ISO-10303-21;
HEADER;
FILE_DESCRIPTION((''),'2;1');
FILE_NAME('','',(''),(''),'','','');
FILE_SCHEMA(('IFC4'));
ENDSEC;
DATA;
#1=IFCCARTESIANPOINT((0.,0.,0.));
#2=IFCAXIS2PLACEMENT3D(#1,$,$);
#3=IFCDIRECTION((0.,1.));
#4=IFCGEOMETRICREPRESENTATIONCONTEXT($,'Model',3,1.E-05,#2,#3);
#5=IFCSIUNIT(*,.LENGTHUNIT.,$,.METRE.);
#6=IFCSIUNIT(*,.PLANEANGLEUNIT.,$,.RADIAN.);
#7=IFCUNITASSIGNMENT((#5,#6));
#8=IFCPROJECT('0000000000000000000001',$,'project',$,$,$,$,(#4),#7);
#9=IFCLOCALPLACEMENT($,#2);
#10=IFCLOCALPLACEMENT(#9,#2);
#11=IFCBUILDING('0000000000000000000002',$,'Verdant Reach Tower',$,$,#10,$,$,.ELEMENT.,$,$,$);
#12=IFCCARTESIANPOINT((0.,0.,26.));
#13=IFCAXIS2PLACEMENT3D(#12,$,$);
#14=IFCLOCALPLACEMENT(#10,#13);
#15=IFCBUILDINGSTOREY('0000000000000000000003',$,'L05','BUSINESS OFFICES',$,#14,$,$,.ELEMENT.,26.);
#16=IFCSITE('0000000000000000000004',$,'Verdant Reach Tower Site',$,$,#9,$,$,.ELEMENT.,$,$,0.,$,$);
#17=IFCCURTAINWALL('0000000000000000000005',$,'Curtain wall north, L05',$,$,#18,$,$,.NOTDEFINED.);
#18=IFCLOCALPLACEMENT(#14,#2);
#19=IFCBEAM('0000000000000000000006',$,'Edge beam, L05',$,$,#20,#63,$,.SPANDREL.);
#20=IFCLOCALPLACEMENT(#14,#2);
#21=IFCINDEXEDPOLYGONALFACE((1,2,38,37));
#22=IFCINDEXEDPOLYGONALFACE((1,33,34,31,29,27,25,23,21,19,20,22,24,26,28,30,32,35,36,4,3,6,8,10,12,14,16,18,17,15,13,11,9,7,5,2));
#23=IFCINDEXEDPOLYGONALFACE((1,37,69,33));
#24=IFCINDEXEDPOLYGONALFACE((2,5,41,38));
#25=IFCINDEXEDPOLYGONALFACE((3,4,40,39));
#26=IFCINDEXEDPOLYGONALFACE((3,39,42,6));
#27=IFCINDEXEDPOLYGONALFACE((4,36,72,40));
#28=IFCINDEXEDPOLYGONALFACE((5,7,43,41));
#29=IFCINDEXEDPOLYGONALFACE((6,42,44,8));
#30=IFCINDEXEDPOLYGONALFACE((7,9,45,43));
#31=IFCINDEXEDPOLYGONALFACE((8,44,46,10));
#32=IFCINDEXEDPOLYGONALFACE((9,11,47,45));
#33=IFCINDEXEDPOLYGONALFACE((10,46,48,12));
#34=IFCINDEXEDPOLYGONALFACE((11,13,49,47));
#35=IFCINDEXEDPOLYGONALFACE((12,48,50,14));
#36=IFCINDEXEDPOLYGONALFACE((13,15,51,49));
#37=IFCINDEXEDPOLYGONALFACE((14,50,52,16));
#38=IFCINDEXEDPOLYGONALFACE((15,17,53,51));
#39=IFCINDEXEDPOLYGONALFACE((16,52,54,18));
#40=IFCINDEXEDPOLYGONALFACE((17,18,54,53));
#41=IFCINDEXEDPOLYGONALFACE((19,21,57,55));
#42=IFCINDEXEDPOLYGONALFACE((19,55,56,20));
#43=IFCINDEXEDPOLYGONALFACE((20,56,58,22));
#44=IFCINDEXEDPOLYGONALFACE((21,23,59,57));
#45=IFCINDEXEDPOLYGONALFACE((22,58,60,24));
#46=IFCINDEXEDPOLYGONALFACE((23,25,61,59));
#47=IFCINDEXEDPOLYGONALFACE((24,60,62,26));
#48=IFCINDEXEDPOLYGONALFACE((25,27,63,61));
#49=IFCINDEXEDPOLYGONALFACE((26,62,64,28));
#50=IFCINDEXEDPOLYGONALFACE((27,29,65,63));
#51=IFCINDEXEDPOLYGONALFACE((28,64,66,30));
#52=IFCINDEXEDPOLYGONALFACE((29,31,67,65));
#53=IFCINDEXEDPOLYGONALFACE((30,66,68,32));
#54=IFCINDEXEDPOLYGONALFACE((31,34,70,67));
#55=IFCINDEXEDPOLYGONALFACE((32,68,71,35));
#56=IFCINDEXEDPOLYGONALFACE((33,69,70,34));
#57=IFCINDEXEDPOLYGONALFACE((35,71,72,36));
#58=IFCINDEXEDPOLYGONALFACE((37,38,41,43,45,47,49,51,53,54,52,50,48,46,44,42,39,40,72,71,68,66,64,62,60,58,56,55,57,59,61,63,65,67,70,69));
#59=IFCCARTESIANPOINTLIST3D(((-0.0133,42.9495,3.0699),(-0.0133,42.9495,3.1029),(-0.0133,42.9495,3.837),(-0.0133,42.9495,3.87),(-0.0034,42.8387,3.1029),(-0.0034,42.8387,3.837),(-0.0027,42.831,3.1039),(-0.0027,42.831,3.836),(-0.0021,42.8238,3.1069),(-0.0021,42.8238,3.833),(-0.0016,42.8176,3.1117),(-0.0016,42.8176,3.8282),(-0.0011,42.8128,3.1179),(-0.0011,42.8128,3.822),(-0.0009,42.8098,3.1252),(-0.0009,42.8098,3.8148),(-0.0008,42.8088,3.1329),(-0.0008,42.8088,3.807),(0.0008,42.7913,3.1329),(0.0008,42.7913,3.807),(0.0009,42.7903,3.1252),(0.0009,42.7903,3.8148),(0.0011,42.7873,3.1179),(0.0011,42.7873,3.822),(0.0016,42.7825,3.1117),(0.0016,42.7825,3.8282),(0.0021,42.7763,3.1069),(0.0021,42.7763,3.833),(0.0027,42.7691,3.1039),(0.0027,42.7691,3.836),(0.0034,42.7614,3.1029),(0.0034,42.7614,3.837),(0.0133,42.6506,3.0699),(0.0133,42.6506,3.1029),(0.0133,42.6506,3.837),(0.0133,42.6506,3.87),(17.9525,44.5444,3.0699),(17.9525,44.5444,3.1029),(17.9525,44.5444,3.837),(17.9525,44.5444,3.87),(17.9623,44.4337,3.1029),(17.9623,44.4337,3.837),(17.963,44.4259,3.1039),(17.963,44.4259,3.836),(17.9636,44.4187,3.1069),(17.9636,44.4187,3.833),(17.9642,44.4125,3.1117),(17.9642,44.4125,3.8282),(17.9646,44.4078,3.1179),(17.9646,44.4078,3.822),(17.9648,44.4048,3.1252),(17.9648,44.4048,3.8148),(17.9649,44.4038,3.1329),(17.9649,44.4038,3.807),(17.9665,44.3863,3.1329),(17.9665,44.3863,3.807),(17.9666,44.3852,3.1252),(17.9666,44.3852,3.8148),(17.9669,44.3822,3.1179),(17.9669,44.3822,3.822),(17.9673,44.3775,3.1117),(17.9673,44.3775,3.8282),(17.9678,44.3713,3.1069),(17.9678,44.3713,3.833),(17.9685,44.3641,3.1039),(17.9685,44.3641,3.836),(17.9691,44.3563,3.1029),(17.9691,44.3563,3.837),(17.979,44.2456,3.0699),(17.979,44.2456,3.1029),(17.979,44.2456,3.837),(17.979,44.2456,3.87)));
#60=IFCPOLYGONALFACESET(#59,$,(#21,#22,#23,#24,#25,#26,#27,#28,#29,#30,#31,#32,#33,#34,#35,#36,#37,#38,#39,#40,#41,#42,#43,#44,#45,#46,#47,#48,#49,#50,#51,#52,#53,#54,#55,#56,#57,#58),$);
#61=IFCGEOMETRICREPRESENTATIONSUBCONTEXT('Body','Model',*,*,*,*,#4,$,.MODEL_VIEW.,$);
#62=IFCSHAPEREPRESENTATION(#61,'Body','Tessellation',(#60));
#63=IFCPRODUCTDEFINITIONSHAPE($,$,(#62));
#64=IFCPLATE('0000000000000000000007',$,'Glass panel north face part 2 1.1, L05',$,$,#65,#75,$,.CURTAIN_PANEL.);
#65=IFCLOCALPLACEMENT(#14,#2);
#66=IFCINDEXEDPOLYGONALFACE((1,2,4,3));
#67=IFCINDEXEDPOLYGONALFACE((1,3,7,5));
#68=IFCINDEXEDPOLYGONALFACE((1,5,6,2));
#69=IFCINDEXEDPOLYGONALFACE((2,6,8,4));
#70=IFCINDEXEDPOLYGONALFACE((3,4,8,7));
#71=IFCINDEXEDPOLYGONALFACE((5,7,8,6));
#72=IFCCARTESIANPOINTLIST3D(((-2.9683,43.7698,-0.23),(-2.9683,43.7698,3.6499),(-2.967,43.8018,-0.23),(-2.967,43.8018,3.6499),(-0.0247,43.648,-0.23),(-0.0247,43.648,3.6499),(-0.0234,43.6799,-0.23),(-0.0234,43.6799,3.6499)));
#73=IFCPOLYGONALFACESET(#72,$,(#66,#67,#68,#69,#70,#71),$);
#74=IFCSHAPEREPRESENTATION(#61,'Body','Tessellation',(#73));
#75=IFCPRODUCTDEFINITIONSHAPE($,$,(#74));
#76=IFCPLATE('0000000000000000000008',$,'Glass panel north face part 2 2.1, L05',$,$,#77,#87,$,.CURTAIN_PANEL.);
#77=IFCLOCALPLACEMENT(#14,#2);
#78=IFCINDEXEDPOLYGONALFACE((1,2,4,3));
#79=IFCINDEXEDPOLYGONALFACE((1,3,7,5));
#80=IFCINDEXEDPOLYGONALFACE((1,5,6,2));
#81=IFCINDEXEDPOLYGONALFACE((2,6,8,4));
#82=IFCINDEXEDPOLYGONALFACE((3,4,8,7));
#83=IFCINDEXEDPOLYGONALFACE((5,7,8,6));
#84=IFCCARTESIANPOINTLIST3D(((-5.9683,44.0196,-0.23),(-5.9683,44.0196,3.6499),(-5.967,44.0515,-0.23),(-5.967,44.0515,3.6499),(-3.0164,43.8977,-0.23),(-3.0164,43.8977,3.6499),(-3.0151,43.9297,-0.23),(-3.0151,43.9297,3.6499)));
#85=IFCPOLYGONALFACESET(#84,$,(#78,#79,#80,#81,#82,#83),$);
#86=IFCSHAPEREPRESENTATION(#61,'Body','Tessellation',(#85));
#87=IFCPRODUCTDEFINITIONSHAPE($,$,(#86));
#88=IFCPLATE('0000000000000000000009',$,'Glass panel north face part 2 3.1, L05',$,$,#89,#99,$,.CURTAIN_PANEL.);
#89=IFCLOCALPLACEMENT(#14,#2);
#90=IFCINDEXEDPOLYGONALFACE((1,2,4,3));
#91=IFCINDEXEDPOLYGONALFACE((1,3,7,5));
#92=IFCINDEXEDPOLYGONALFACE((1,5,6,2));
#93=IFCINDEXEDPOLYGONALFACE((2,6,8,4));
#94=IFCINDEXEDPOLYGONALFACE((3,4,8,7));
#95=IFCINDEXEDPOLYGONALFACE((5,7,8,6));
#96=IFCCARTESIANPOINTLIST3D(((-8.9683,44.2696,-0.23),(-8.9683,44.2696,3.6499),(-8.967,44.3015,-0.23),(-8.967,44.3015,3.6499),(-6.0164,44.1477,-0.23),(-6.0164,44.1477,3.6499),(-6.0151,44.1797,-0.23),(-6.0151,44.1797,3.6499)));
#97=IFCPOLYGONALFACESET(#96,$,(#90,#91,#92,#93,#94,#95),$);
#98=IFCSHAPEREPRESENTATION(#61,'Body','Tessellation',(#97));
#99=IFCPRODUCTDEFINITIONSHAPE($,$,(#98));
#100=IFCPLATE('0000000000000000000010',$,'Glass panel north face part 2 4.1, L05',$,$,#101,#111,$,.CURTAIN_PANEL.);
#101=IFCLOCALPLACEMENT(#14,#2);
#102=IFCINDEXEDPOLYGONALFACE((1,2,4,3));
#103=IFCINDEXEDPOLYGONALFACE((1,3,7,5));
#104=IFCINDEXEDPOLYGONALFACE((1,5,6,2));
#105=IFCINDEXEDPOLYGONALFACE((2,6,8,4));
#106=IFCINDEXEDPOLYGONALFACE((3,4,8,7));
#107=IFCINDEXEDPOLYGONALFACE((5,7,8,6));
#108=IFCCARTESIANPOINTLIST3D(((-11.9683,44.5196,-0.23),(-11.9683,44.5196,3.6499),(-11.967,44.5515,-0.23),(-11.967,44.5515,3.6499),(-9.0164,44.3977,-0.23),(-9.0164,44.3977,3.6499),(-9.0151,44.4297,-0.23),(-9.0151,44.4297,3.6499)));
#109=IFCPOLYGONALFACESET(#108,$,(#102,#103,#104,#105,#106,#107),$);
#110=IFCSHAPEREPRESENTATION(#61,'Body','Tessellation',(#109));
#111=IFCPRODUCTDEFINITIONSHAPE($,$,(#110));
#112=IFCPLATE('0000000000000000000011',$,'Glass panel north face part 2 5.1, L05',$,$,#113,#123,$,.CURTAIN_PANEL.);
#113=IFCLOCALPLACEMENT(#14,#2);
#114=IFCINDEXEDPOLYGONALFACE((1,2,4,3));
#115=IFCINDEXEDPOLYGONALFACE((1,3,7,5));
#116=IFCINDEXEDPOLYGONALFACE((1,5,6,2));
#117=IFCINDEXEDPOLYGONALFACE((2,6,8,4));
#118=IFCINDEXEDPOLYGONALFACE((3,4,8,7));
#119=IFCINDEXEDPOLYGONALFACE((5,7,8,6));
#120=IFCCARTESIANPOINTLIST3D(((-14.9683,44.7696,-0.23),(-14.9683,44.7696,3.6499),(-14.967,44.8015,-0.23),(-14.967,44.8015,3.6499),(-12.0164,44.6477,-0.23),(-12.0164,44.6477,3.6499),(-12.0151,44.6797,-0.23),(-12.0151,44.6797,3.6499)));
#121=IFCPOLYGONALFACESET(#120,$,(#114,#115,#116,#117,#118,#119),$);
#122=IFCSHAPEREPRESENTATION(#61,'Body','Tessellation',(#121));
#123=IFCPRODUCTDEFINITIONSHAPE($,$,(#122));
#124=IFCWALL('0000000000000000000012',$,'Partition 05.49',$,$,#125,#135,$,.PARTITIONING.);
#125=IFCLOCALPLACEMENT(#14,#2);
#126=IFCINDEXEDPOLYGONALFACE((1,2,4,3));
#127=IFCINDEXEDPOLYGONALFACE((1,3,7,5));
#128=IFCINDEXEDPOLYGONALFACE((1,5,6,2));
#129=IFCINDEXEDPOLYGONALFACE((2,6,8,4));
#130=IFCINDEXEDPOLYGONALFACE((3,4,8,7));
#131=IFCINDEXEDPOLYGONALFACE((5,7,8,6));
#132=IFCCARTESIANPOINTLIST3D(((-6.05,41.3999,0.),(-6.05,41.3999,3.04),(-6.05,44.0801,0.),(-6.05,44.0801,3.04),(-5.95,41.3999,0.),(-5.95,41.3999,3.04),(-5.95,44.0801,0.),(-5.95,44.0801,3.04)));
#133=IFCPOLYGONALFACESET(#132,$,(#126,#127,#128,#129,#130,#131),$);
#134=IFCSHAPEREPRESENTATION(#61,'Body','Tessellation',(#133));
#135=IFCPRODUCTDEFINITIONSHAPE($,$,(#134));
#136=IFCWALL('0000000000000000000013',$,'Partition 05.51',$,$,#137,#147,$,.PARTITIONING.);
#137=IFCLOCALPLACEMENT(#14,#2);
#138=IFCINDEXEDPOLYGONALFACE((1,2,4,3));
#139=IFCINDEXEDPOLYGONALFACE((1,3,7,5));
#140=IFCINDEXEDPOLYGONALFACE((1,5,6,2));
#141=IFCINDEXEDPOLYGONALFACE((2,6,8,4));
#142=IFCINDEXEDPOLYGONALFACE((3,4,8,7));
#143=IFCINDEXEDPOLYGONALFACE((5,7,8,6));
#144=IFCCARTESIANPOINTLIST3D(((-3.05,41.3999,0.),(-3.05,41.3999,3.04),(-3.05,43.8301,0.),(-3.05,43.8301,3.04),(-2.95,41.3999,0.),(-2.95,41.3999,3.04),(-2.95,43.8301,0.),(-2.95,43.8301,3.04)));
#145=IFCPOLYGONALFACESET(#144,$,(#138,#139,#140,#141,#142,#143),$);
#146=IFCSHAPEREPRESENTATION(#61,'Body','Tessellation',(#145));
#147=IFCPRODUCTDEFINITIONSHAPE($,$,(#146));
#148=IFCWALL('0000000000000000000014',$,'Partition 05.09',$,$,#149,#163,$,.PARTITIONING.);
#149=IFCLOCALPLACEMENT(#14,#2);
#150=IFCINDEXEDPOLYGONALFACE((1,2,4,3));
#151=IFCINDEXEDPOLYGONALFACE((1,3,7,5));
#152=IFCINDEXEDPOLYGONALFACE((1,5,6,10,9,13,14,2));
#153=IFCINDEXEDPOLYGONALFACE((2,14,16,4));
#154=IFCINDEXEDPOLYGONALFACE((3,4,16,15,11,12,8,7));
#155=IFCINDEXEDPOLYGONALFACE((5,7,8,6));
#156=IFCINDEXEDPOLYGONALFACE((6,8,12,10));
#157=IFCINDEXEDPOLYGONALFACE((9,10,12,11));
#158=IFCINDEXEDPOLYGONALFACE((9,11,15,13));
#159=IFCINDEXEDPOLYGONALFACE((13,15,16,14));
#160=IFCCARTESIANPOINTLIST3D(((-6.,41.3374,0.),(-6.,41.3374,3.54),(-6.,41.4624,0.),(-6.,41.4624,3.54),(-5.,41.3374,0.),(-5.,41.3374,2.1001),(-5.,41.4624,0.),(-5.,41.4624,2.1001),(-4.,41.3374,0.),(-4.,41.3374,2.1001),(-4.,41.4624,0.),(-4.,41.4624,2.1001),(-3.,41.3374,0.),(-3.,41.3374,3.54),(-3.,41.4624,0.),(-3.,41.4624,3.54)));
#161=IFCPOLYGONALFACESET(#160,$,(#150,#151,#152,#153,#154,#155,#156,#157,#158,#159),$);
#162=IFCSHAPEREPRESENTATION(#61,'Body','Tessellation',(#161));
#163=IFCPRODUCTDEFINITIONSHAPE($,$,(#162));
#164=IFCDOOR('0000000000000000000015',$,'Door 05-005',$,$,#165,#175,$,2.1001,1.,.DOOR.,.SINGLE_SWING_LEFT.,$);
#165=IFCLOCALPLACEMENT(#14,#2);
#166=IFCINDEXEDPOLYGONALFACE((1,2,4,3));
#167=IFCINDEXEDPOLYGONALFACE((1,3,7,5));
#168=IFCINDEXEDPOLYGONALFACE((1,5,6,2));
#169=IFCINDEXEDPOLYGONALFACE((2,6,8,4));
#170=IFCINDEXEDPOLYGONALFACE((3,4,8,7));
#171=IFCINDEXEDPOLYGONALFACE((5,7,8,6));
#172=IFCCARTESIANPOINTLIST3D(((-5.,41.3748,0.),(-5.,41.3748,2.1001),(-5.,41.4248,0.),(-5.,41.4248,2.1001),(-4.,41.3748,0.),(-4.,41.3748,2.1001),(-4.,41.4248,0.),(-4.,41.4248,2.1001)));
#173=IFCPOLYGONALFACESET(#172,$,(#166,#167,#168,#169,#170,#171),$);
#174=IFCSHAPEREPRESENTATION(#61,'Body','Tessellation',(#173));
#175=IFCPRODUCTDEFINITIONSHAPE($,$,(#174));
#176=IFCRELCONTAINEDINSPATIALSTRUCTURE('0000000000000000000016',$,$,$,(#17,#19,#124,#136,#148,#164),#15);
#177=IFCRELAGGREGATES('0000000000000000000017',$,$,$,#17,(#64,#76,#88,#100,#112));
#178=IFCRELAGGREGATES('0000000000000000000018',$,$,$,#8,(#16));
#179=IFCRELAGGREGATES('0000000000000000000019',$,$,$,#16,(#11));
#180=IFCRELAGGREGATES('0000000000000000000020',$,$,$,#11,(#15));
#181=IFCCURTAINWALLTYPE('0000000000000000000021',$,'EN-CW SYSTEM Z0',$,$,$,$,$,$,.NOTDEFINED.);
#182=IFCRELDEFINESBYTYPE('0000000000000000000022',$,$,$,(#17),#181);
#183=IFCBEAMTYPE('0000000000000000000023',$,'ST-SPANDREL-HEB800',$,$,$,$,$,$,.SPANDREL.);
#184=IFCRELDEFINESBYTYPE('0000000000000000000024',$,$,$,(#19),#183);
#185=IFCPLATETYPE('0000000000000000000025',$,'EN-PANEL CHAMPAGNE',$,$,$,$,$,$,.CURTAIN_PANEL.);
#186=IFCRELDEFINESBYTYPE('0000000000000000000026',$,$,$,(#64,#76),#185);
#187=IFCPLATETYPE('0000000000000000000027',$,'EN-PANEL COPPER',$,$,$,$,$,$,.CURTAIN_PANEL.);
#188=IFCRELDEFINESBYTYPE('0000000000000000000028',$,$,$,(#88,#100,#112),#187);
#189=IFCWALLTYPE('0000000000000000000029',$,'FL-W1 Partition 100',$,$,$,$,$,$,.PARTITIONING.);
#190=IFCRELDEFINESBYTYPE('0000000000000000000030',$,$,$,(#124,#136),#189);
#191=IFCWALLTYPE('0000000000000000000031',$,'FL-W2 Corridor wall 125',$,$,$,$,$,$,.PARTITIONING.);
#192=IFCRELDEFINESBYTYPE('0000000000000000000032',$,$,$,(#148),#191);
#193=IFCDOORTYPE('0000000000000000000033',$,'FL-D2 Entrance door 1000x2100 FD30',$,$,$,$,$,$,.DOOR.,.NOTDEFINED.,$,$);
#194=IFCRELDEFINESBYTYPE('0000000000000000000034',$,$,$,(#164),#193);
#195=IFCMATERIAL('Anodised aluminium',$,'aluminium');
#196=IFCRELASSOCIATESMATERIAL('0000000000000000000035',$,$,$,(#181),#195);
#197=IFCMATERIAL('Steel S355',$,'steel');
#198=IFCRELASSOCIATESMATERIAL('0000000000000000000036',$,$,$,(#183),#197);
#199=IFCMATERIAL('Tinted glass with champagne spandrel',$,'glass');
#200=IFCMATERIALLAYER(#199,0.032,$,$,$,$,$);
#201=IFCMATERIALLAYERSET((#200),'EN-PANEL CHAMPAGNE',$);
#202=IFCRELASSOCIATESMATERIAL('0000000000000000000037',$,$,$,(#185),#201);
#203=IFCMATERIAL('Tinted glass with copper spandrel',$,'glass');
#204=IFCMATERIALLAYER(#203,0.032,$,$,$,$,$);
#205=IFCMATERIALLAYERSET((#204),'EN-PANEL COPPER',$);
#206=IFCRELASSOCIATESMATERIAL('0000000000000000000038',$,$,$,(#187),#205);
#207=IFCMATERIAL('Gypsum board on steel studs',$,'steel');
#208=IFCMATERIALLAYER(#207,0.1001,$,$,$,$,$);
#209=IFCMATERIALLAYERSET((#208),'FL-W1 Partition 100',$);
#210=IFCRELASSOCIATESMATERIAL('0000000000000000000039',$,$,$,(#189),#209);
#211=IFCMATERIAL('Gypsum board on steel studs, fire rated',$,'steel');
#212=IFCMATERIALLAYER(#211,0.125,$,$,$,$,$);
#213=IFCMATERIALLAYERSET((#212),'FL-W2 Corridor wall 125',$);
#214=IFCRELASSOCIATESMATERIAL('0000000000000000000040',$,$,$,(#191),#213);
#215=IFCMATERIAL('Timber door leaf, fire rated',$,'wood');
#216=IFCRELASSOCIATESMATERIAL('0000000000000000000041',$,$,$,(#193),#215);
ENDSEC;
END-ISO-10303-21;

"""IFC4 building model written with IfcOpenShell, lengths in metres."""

from ifc_helpers import new_model, si_unit, direction, frame, frame_2d, origin, origin_2d, place, context, subcontext, project, spatial, rectangle, i_section, extrude, material, layer, layer_set, material_profile, profile_set, type_object, element, fill, aggregate, save


model = new_model("IFC4")

# Units and contexts
model_context = context("Model", 3, precision=1e-05, world=origin(), true_north=direction((0.0, 1.0)))
body_context = subcontext(model_context, "Body", "Model", "MODEL_VIEW")
ifc_project = project(units=[si_unit("LENGTHUNIT", "METRE"), si_unit("PLANEANGLEUNIT", "RADIAN")], contexts=[model_context])

# Site, building, storey
site_placement = place(None, origin())
site = spatial("IfcSite", under=ifc_project, at=site_placement, Name="Verdant Reach Tower Site", CompositionType="ELEMENT", RefElevation=0.0)
building_placement = place(site_placement, origin())
building = spatial("IfcBuilding", under=site, at=building_placement, Name="Verdant Reach Tower", CompositionType="ELEMENT")
storey_placement = place(building_placement, frame((0.0, 0.0, 26.0)))
storey = spatial("IfcBuildingStorey", under=building, at=storey_placement, Name="L05", Description="BUSINESS OFFICES", CompositionType="ELEMENT", Elevation=26.0)

# Curtain wall
ifc_material_1 = material(Name="Anodised aluminium", Category="aluminium")
curtain_wall_type = type_object("IfcCurtainWallType", Name="EN-CW SYSTEM Z0", PredefinedType="NOTDEFINED", material=ifc_material_1)
curtain_wall_placement = place(storey_placement, origin())
curtain_wall = element("IfcCurtainWall", 1, at=curtain_wall_placement, inside=storey, type_object=curtain_wall_type, Name="Curtain wall north, L05", PredefinedType="NOTDEFINED")

# Beam
ifc_material_2 = material(Name="Steel S355", Category="steel")
ifc_material_profile_1 = material_profile(ifc_material_2, i_section(OverallWidth=0.3, OverallDepth=0.8, WebThickness=0.0176, FlangeThickness=0.033, FilletRadius=0.03, at=origin_2d()), Name="HEB 800")
ifc_profile_set_1 = profile_set([ifc_material_profile_1], Name="Steel S355")
beam_type_1 = type_object("IfcBeamType", Name="ST-SPANDREL-HEB800", PredefinedType="SPANDREL", material=ifc_profile_set_1)
beam_1_placement = place(storey_placement, frame((0.0, 42.8, 3.47), z_axis=(0.996082, 0.08843, 0.0), x_axis=(-0.08843, 0.996082, 0.0)))
element("IfcBeam", 2, at=beam_1_placement, inside=storey, type_object=beam_type_1, Name="Edge beam, L05", PredefinedType="SPANDREL", context=body_context, shape_type="SweptSolid", body=[
    extrude(i_section(OverallWidth=0.3, OverallDepth=0.8, WebThickness=0.0176, FlangeThickness=0.033, FilletRadius=0.03, at=origin_2d()), origin(), (0.0, 0.0, 1.0), 18.0364),
])

# Plates
ifc_material_3 = material(Name="Tinted glass with champagne spandrel", Category="glass")
ifc_layer_1 = layer(ifc_material_3, 0.032)
ifc_layer_set_1 = layer_set([ifc_layer_1], Name="EN-PANEL CHAMPAGNE")
plate_type_1 = type_object("IfcPlateType", Name="EN-PANEL CHAMPAGNE", PredefinedType="CURTAIN_PANEL", material=ifc_layer_set_1)
plate_1_placement = place(storey_placement, frame((-1.4958, 43.7249, -0.23), z_axis=(0.0, 0.0, 1.0), x_axis=(-0.999144, 0.041357, 0.0)))
plate_1 = element("IfcPlate", 3, at=plate_1_placement, type_object=plate_type_1, Name="Glass panel north face part 2 1.1, L05", PredefinedType="CURTAIN_PANEL", context=body_context, shape_type="SweptSolid", body=[
    extrude(rectangle(XDim=2.946, YDim=0.032, at=origin_2d()), origin(), (0.0, 0.0, 1.0), 3.8799),
])
plate_2_placement = place(storey_placement, frame((-4.4917, 43.9746, -0.23), z_axis=(0.0, 0.0, 1.0), x_axis=(-0.999149, 0.041242, 0.0)))
plate_2 = element("IfcPlate", 4, at=plate_2_placement, type_object=plate_type_1, Name="Glass panel north face part 2 2.1, L05", PredefinedType="CURTAIN_PANEL", context=body_context, shape_type="SweptSolid", body=[
    extrude(rectangle(XDim=2.9543, YDim=0.032, at=origin_2d()), origin(), (0.0, 0.0, 1.0), 3.8799),
])
ifc_material_4 = material(Name="Tinted glass with copper spandrel", Category="glass")
ifc_layer_2 = layer(ifc_material_4, 0.032)
ifc_layer_set_2 = layer_set([ifc_layer_2], Name="EN-PANEL COPPER")
plate_type_2 = type_object("IfcPlateType", Name="EN-PANEL COPPER", PredefinedType="CURTAIN_PANEL", material=ifc_layer_set_2)
plate_3_placement = place(storey_placement, frame((-7.4917, 44.2246, -0.23), z_axis=(0.0, 0.0, 1.0), x_axis=(-0.999149, 0.041242, 0.0)))
plate_3 = element("IfcPlate", 5, at=plate_3_placement, type_object=plate_type_2, Name="Glass panel north face part 2 3.1, L05", PredefinedType="CURTAIN_PANEL", context=body_context, shape_type="SweptSolid", body=[
    extrude(rectangle(XDim=2.9543, YDim=0.032, at=origin_2d()), origin(), (0.0, 0.0, 1.0), 3.8799),
])
plate_4_placement = place(storey_placement, frame((-10.4917, 44.4746, -0.23), z_axis=(0.0, 0.0, 1.0), x_axis=(-0.999149, 0.041242, 0.0)))
plate_4 = element("IfcPlate", 6, at=plate_4_placement, type_object=plate_type_2, Name="Glass panel north face part 2 4.1, L05", PredefinedType="CURTAIN_PANEL", context=body_context, shape_type="SweptSolid", body=[
    extrude(rectangle(XDim=2.9543, YDim=0.032, at=origin_2d()), origin(), (0.0, 0.0, 1.0), 3.8799),
])
plate_5_placement = place(storey_placement, frame((-13.4917, 44.7246, -0.23), z_axis=(0.0, 0.0, 1.0), x_axis=(-0.999149, 0.041242, 0.0)))
plate_5 = element("IfcPlate", 7, at=plate_5_placement, type_object=plate_type_2, Name="Glass panel north face part 2 5.1, L05", PredefinedType="CURTAIN_PANEL", context=body_context, shape_type="SweptSolid", body=[
    extrude(rectangle(XDim=2.9543, YDim=0.032, at=origin_2d()), origin(), (0.0, 0.0, 1.0), 3.8799),
])
aggregate(curtain_wall, [plate_1, plate_2, plate_3, plate_4, plate_5])

# Walls
ifc_material_5 = material(Name="Gypsum board on steel studs", Category="steel")
ifc_layer_3 = layer(ifc_material_5, 0.1001)
ifc_layer_set_3 = layer_set([ifc_layer_3], Name="FL-W1 Partition 100")
wall_type_1 = type_object("IfcWallType", Name="FL-W1 Partition 100", PredefinedType="PARTITIONING", material=ifc_layer_set_3)
wall_1_placement = place(storey_placement, frame((-6.0, 41.3999, 0.0), z_axis=(0.0, 0.0, 1.0), x_axis=(0.0, 1.0, 0.0)))
element("IfcWall", 8, at=wall_1_placement, inside=storey, type_object=wall_type_1, Name="Partition 05.49", PredefinedType="PARTITIONING", context=body_context, shape_type="SweptSolid", body=[
    extrude(rectangle(XDim=2.6802, YDim=0.1001, at=frame_2d((1.3401, 0.0))), origin(), (0.0, 0.0, 1.0), 3.04),
])
wall_2_placement = place(storey_placement, frame((-3.0, 41.3999, 0.0), z_axis=(0.0, 0.0, 1.0), x_axis=(0.0, 1.0, 0.0)))
element("IfcWall", 9, at=wall_2_placement, inside=storey, type_object=wall_type_1, Name="Partition 05.51", PredefinedType="PARTITIONING", context=body_context, shape_type="SweptSolid", body=[
    extrude(rectangle(XDim=2.4302, YDim=0.1001, at=frame_2d((1.2151, 0.0))), origin(), (0.0, 0.0, 1.0), 3.04),
])

# Wall, opening, door
ifc_material_6 = material(Name="Gypsum board on steel studs, fire rated", Category="steel")
ifc_layer_4 = layer(ifc_material_6, 0.125)
ifc_layer_set_4 = layer_set([ifc_layer_4], Name="FL-W2 Corridor wall 125")
wall_type_2 = type_object("IfcWallType", Name="FL-W2 Corridor wall 125", PredefinedType="PARTITIONING", material=ifc_layer_set_4)
wall_3_placement = place(storey_placement, frame((-6.0, 41.3999, 0.0), z_axis=(0.0, 0.0, 1.0), x_axis=(1.0, 0.0, 0.0)))
wall_3 = element("IfcWall", 10, at=wall_3_placement, inside=storey, type_object=wall_type_2, Name="Partition 05.09", PredefinedType="PARTITIONING", context=body_context, shape_type="SweptSolid", body=[
    extrude(rectangle(XDim=3.0, YDim=0.125, at=frame_2d((1.5, 0.0))), origin(), (0.0, 0.0, 1.0), 3.54),
])
opening_1_placement = place(wall_3_placement, frame((1.0, 0.0, 0.0)))
opening_1 = element("IfcOpeningElement", 11, at=opening_1_placement, cuts=wall_3, PredefinedType="OPENING", context=body_context, shape_type="SweptSolid", body=[
    extrude(rectangle(XDim=1.0, YDim=2.1001, at=frame_2d((0.5, 1.05))), frame((0.0, 0.0725, 0.0), z_axis=(0.0, -1.0, 0.0), x_axis=(1.0, 0.0, 0.0)), (0.0, 0.0, 1.0), 0.145),
])
ifc_material_7 = material(Name="Timber door leaf, fire rated", Category="wood")
door_type_1 = type_object("IfcDoorType", Name="FL-D2 Entrance door 1000x2100 FD30", OperationType="NOTDEFINED", PredefinedType="DOOR", material=ifc_material_7)
door_1_placement = place(opening_1_placement, origin())
door_1 = element("IfcDoor", 12, at=door_1_placement, inside=storey, type_object=door_type_1, Name="Door 05-005", OperationType="SINGLE_SWING_LEFT", OverallHeight=2.1001, OverallWidth=1.0, PredefinedType="DOOR", context=body_context, shape_type="SweptSolid", body=[
    extrude(rectangle(XDim=1.0, YDim=2.1001, at=frame_2d((0.5, 1.05))), frame((0.0, 0.0249, 0.0), z_axis=(0.0, -1.0, 0.0), x_axis=(1.0, 0.0, 0.0)), (0.0, 0.0, 1.0), 0.05),
])
fill(opening_1, door_1)

save(model, "model.ifc")
